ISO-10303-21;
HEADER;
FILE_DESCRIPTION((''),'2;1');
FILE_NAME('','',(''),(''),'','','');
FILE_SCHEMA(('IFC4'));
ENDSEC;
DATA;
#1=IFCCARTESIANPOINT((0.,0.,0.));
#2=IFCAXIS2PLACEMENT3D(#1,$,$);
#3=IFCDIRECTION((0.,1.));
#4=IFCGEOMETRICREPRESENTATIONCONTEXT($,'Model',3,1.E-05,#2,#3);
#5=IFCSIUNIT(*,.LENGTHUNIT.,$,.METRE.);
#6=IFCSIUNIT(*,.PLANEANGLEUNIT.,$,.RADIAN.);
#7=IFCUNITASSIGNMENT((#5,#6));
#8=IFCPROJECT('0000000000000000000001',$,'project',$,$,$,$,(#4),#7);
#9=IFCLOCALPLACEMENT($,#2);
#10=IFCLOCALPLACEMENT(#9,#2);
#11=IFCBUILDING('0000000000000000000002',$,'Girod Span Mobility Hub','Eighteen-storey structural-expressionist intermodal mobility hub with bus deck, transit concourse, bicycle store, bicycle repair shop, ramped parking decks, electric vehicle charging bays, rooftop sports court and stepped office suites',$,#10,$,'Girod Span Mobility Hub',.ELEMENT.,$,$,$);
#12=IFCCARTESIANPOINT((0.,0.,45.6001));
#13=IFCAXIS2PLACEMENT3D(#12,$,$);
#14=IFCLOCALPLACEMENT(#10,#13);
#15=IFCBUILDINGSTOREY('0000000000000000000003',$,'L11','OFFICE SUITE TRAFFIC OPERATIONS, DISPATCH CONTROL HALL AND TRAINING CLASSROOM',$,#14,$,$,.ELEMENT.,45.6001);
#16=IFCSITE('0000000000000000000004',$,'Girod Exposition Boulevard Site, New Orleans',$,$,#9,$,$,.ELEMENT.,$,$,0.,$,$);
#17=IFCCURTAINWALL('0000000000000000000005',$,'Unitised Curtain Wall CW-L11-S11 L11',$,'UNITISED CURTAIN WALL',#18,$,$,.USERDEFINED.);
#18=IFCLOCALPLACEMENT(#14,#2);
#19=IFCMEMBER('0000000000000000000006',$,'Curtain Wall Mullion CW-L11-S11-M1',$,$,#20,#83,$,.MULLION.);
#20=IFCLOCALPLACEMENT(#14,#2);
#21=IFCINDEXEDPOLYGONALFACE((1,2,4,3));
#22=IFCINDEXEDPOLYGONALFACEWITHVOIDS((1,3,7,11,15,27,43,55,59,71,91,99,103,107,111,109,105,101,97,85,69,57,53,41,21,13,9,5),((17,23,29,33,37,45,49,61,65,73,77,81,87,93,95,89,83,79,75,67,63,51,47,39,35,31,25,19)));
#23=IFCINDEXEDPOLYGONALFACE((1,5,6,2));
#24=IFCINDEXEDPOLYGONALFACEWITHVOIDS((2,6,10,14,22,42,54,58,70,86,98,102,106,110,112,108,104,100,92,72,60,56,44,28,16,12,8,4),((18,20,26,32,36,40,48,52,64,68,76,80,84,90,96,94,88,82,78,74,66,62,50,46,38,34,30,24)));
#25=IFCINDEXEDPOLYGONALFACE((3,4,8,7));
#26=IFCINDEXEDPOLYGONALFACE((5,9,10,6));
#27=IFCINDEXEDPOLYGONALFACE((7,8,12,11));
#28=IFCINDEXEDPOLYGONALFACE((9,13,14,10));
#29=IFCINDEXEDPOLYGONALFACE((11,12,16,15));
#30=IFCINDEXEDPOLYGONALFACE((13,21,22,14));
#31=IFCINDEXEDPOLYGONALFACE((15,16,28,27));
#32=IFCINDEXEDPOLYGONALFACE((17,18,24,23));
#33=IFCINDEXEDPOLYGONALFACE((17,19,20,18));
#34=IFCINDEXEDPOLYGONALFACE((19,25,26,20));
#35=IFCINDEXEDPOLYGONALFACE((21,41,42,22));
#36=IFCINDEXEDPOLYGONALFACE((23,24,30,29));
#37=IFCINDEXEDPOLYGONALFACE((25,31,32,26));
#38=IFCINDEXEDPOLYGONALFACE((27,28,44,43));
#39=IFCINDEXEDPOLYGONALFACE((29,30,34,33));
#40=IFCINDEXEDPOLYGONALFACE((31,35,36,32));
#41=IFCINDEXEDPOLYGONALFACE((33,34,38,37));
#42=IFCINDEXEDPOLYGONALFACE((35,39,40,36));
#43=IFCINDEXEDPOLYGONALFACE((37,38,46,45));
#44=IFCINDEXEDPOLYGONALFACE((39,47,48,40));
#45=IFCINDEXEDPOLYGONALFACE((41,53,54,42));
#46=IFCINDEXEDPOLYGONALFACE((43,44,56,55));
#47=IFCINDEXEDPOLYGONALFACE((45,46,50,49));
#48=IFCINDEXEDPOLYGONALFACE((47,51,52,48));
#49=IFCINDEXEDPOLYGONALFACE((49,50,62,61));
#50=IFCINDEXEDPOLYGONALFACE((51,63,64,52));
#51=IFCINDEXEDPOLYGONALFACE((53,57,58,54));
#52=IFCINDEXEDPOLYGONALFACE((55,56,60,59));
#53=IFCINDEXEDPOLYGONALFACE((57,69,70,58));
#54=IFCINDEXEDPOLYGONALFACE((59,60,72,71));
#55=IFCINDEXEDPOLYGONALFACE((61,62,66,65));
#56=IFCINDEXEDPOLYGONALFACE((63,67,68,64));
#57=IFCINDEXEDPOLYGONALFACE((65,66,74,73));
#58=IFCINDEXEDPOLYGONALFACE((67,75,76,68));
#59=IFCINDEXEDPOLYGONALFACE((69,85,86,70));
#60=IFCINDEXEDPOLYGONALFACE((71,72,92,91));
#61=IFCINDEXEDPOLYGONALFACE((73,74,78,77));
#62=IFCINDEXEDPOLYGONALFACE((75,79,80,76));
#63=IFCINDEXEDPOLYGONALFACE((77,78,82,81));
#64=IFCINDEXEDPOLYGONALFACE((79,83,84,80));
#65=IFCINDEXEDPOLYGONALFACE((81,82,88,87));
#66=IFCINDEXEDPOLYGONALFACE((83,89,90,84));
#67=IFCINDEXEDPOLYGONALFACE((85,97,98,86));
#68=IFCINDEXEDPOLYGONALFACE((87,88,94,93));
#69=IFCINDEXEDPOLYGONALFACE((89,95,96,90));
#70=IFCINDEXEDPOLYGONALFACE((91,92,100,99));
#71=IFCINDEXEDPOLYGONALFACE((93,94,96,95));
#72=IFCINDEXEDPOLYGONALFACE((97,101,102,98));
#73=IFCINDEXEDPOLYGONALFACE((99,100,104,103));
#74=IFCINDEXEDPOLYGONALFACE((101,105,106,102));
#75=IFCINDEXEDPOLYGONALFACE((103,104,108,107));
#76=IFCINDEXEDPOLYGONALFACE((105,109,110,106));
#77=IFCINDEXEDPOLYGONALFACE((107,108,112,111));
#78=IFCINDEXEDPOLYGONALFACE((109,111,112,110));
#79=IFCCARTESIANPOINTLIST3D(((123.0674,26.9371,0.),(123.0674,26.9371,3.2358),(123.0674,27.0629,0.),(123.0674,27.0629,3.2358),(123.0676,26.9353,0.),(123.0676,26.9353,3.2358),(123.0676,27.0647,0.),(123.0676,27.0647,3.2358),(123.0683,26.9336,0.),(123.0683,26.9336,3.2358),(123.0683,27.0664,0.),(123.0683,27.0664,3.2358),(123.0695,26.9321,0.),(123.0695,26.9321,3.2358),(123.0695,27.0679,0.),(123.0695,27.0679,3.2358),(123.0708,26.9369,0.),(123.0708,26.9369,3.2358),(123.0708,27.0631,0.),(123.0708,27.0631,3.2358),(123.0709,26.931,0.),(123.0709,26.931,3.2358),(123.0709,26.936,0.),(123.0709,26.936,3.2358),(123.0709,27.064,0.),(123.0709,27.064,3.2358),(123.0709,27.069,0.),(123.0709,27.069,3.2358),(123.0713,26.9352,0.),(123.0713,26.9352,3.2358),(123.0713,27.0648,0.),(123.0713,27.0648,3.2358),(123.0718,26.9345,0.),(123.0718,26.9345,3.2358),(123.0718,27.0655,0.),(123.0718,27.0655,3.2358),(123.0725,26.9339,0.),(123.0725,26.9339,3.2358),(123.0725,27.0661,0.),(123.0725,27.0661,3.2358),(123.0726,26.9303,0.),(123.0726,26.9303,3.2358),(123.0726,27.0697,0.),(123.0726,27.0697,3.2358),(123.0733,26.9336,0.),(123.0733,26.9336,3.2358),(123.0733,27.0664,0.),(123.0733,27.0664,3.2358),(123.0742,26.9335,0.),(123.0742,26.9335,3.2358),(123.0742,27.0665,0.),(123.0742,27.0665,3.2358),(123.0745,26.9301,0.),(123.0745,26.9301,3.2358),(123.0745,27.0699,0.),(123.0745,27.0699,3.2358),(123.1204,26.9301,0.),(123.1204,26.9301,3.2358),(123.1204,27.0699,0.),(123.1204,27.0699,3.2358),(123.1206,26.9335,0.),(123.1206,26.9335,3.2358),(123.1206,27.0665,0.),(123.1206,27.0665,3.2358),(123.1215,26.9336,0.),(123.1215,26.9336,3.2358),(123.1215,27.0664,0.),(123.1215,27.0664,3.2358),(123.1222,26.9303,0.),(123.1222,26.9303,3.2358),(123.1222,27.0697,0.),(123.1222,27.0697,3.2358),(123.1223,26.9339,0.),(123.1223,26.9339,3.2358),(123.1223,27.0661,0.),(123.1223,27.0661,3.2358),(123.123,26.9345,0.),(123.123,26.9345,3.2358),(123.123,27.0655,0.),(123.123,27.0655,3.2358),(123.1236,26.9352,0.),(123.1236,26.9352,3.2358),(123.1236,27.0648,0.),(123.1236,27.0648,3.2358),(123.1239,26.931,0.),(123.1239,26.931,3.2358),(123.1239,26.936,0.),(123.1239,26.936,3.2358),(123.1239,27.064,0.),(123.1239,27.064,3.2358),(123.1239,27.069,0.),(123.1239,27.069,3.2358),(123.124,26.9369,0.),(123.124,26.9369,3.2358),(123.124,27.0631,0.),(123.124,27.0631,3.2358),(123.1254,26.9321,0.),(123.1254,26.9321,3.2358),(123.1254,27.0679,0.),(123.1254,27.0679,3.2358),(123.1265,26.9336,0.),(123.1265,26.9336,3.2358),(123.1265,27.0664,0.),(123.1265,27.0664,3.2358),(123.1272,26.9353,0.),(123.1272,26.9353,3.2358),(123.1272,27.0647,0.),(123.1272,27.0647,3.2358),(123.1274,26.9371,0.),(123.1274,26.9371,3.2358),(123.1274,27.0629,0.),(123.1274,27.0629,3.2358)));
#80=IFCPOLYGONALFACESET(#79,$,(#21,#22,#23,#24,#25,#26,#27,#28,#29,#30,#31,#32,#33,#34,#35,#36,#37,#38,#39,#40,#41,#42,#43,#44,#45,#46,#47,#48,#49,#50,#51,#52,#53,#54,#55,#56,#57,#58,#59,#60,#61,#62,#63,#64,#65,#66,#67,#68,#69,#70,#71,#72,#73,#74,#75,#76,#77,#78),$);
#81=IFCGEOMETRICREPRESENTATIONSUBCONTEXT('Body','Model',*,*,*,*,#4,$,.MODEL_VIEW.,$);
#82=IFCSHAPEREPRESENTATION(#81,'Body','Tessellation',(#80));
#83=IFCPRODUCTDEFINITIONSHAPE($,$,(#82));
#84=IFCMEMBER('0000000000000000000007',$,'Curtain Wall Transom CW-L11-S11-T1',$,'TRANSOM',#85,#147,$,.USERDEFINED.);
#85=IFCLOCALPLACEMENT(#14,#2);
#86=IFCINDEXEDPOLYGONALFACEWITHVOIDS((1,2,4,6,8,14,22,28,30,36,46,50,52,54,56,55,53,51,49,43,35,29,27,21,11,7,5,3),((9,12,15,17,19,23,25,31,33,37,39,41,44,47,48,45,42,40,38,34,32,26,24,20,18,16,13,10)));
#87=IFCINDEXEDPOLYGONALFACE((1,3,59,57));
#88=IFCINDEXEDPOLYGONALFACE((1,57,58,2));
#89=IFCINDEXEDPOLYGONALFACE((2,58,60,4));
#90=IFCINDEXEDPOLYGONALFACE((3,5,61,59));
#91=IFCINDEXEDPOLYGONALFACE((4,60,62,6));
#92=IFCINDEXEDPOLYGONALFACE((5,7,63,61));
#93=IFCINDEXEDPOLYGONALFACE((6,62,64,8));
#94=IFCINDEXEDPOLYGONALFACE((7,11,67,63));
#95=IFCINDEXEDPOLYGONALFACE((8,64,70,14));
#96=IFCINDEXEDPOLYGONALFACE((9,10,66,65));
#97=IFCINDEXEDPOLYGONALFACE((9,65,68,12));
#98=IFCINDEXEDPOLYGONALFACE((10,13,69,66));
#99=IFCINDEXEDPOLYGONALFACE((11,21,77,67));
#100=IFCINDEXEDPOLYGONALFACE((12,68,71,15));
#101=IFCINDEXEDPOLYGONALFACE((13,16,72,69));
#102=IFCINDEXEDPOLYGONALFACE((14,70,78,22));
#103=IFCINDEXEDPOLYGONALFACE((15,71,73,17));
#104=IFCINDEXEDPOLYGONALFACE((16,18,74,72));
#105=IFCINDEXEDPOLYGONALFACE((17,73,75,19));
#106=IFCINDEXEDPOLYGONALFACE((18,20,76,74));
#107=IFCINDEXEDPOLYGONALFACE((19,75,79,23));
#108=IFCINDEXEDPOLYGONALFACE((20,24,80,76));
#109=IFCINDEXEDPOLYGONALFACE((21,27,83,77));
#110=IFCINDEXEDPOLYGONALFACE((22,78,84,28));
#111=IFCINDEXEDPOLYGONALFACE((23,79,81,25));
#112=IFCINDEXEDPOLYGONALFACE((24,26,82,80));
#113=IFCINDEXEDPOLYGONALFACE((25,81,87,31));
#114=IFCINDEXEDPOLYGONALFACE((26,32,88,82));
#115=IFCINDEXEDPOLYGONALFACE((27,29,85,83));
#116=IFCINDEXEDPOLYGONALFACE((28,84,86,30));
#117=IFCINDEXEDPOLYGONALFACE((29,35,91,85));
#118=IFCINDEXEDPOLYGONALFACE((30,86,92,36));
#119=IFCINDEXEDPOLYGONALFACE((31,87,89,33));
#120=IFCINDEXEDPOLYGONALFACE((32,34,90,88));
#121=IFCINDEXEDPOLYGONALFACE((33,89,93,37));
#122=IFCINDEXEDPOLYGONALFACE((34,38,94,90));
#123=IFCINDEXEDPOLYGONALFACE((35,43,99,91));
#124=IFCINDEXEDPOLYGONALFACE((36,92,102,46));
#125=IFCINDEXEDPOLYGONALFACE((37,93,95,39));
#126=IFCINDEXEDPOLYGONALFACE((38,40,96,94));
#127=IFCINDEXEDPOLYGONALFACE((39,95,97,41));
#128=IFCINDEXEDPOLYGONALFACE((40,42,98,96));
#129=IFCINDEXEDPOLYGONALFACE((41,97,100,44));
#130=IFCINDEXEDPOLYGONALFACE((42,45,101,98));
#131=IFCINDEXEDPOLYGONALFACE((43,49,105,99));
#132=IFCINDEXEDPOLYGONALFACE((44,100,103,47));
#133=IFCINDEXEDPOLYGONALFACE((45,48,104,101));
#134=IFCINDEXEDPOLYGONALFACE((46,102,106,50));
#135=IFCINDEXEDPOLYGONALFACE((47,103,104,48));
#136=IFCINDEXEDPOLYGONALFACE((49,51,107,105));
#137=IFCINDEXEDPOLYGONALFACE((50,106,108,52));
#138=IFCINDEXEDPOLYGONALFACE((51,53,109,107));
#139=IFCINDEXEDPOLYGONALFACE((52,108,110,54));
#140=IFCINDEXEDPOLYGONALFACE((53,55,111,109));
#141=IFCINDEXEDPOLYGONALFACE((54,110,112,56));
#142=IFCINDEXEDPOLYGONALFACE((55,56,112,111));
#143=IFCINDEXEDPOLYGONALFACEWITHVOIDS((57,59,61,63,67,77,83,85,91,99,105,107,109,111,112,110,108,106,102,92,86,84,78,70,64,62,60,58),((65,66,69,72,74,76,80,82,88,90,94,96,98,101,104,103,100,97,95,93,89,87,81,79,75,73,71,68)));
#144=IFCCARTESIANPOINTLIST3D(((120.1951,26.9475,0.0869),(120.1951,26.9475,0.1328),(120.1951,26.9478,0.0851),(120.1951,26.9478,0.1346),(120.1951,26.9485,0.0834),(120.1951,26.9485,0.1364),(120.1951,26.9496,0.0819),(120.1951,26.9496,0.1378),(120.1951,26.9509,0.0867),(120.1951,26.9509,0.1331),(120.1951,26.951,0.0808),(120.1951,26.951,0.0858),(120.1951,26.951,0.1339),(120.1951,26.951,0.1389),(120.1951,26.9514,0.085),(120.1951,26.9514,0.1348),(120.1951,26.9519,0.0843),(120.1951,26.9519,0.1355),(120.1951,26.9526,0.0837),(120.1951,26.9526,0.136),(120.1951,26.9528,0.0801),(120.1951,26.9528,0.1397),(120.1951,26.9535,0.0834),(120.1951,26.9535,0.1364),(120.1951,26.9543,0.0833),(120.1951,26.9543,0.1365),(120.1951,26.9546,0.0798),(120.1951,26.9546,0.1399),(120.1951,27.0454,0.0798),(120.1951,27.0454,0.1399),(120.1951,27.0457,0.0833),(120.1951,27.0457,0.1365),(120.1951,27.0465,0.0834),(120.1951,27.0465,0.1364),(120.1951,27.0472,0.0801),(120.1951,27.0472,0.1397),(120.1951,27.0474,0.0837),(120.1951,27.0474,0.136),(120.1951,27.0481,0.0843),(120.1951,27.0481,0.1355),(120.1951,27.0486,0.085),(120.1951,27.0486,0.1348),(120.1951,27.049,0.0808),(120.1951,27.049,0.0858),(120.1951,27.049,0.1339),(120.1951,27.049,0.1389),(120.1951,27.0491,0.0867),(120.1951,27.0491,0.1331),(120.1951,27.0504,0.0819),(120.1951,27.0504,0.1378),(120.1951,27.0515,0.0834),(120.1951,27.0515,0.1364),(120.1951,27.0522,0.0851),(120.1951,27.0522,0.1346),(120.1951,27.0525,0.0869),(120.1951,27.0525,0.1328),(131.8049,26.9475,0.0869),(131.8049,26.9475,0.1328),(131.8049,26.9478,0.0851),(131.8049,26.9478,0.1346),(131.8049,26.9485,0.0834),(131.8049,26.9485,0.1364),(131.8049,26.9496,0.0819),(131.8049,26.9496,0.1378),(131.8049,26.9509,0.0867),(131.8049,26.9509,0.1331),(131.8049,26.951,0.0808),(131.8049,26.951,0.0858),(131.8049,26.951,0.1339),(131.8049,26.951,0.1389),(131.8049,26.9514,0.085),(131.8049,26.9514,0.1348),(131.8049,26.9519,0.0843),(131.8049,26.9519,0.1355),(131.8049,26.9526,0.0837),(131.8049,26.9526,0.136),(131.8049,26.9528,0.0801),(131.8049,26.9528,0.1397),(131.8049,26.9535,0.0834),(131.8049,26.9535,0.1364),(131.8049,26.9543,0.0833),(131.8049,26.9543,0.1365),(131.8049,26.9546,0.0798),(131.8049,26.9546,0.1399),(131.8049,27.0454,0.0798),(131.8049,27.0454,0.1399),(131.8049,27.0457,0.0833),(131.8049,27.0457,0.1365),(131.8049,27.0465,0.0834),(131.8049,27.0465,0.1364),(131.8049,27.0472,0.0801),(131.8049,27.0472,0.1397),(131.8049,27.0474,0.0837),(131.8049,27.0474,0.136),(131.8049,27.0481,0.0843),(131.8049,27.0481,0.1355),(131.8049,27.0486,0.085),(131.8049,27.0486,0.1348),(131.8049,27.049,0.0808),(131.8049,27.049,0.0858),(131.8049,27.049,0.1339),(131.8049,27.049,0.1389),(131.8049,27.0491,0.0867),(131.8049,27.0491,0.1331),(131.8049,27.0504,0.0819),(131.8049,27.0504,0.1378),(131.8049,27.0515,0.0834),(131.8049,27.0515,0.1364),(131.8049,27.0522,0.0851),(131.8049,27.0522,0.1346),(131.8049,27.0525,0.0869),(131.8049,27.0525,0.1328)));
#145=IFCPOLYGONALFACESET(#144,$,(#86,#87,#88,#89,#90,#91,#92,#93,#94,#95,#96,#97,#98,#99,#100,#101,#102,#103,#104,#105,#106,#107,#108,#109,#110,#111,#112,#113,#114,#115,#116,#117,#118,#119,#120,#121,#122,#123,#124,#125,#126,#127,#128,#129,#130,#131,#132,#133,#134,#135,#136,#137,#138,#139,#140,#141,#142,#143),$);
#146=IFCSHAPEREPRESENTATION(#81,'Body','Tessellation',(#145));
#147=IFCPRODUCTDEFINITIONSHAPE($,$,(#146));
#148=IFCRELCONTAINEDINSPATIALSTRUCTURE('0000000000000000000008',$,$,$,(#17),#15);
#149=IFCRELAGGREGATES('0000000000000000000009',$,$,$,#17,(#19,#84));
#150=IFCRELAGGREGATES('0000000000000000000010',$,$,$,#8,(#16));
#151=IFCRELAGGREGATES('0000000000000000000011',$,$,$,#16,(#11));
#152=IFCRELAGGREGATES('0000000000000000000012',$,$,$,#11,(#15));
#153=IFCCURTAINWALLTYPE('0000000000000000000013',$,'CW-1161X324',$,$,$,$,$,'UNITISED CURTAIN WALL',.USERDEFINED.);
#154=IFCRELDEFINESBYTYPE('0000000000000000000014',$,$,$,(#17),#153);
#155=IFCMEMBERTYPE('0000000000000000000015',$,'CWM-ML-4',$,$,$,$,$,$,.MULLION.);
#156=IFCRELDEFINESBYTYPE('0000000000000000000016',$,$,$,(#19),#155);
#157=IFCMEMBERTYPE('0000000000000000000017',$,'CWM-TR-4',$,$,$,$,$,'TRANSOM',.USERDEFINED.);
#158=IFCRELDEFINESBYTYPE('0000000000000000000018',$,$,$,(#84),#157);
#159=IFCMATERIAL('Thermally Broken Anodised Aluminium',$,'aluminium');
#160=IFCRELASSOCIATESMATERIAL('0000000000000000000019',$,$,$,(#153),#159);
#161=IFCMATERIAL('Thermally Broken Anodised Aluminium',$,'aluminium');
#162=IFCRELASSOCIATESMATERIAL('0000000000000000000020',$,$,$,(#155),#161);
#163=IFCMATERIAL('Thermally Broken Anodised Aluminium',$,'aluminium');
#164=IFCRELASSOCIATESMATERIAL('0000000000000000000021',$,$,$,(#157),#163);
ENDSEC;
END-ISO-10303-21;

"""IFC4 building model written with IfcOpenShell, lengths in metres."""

from ifc_helpers import new_model, si_unit, direction, frame, origin, origin_2d, place, context, subcontext, project, spatial, hollow_rectangle, extrude, material, material_profile, profile_set, type_object, element, aggregate, save


model = new_model("IFC4")

# Units and contexts
model_context = context("Model", 3, precision=1e-05, world=origin(), true_north=direction((0.0, 1.0)))
body_context = subcontext(model_context, "Body", "Model", "MODEL_VIEW")
ifc_project = project(units=[si_unit("LENGTHUNIT", "METRE"), si_unit("PLANEANGLEUNIT", "RADIAN")], contexts=[model_context])

# Site, building, storey
site_placement = place(None, origin())
site = spatial("IfcSite", under=ifc_project, at=site_placement, Name="Girod Exposition Boulevard Site, New Orleans", CompositionType="ELEMENT", RefElevation=0.0)
building_placement = place(site_placement, origin())
building = spatial("IfcBuilding", under=site, at=building_placement, Name="Girod Span Mobility Hub", Description="Eighteen-storey structural-expressionist intermodal mobility hub with bus deck, transit concourse, bicycle store, bicycle repair shop, ramped parking decks, electric vehicle charging bays, rooftop sports court and stepped office suites", LongName="Girod Span Mobility Hub", CompositionType="ELEMENT")
storey_placement = place(building_placement, frame((0.0, 0.0, 45.6001)))
storey = spatial("IfcBuildingStorey", under=building, at=storey_placement, Name="L11", Description="OFFICE SUITE TRAFFIC OPERATIONS, DISPATCH CONTROL HALL AND TRAINING CLASSROOM", CompositionType="ELEMENT", Elevation=45.6001)

# Curtain wall, members
ifc_material_1 = material(Name="Thermally Broken Anodised Aluminium", Category="aluminium")
curtain_wall_type = type_object("IfcCurtainWallType", Name="CW-1161X324", ElementType="UNITISED CURTAIN WALL", PredefinedType="USERDEFINED", material=ifc_material_1)
ifc_material_2 = material(Name="Thermally Broken Anodised Aluminium", Category="aluminium")
ifc_material_profile_1 = material_profile(ifc_material_2, hollow_rectangle(XDim=0.1399, YDim=0.0601, WallThickness=0.0034, InnerFilletRadius=0.0034, OuterFilletRadius=0.0071, at=origin_2d()), Name="CW-ML-60X140")
ifc_profile_set_1 = profile_set([ifc_material_profile_1], Name="Thermally Broken Anodised Aluminium")
member_type_1 = type_object("IfcMemberType", Name="CWM-ML-4", PredefinedType="MULLION", material=ifc_profile_set_1)
curtain_wall_1_placement = place(storey_placement, origin())
curtain_wall_1 = element("IfcCurtainWall", 1, at=curtain_wall_1_placement, inside=storey, type_object=curtain_wall_type, Name="Unitised Curtain Wall CW-L11-S11 L11", ObjectType="UNITISED CURTAIN WALL", PredefinedType="USERDEFINED")
member_1_placement = place(storey_placement, frame((123.0974, 27.0, 0.0), z_axis=(0.0, 0.0, 1.0), x_axis=(0.0, 1.0, 0.0)))
member_1 = element("IfcMember", 2, at=member_1_placement, type_object=member_type_1, Name="Curtain Wall Mullion CW-L11-S11-M1", PredefinedType="MULLION", context=body_context, shape_type="SweptSolid", body=[
    extrude(hollow_rectangle(XDim=0.1399, YDim=0.0601, WallThickness=0.0034, InnerFilletRadius=0.0034, OuterFilletRadius=0.0071, at=origin_2d()), origin(), (0.0, 0.0, 1.0), 3.2358),
])
ifc_material_3 = material(Name="Thermally Broken Anodised Aluminium", Category="aluminium")
ifc_material_profile_2 = material_profile(ifc_material_3, hollow_rectangle(XDim=0.105, YDim=0.0601, WallThickness=0.0034, InnerFilletRadius=0.0034, OuterFilletRadius=0.0071, at=origin_2d()), Name="CW-TR-60X105")
ifc_profile_set_2 = profile_set([ifc_material_profile_2], Name="Thermally Broken Anodised Aluminium")
member_type_2 = type_object("IfcMemberType", Name="CWM-TR-4", ElementType="TRANSOM", PredefinedType="USERDEFINED", material=ifc_profile_set_2)
member_2_placement = place(storey_placement, frame((120.1951, 27.0, 0.1099), z_axis=(1.0, 0.0, 0.0), x_axis=(0.0, 1.0, 0.0)))
member_2 = element("IfcMember", 3, at=member_2_placement, type_object=member_type_2, Name="Curtain Wall Transom CW-L11-S11-T1", ObjectType="TRANSOM", PredefinedType="USERDEFINED", context=body_context, shape_type="SweptSolid", body=[
    extrude(hollow_rectangle(XDim=0.105, YDim=0.0601, WallThickness=0.0034, InnerFilletRadius=0.0034, OuterFilletRadius=0.0071, at=origin_2d()), origin(), (0.0, 0.0, 1.0), 11.6099),
])

aggregate(curtain_wall_1, [member_1, member_2])

save(model, "model.ifc")
